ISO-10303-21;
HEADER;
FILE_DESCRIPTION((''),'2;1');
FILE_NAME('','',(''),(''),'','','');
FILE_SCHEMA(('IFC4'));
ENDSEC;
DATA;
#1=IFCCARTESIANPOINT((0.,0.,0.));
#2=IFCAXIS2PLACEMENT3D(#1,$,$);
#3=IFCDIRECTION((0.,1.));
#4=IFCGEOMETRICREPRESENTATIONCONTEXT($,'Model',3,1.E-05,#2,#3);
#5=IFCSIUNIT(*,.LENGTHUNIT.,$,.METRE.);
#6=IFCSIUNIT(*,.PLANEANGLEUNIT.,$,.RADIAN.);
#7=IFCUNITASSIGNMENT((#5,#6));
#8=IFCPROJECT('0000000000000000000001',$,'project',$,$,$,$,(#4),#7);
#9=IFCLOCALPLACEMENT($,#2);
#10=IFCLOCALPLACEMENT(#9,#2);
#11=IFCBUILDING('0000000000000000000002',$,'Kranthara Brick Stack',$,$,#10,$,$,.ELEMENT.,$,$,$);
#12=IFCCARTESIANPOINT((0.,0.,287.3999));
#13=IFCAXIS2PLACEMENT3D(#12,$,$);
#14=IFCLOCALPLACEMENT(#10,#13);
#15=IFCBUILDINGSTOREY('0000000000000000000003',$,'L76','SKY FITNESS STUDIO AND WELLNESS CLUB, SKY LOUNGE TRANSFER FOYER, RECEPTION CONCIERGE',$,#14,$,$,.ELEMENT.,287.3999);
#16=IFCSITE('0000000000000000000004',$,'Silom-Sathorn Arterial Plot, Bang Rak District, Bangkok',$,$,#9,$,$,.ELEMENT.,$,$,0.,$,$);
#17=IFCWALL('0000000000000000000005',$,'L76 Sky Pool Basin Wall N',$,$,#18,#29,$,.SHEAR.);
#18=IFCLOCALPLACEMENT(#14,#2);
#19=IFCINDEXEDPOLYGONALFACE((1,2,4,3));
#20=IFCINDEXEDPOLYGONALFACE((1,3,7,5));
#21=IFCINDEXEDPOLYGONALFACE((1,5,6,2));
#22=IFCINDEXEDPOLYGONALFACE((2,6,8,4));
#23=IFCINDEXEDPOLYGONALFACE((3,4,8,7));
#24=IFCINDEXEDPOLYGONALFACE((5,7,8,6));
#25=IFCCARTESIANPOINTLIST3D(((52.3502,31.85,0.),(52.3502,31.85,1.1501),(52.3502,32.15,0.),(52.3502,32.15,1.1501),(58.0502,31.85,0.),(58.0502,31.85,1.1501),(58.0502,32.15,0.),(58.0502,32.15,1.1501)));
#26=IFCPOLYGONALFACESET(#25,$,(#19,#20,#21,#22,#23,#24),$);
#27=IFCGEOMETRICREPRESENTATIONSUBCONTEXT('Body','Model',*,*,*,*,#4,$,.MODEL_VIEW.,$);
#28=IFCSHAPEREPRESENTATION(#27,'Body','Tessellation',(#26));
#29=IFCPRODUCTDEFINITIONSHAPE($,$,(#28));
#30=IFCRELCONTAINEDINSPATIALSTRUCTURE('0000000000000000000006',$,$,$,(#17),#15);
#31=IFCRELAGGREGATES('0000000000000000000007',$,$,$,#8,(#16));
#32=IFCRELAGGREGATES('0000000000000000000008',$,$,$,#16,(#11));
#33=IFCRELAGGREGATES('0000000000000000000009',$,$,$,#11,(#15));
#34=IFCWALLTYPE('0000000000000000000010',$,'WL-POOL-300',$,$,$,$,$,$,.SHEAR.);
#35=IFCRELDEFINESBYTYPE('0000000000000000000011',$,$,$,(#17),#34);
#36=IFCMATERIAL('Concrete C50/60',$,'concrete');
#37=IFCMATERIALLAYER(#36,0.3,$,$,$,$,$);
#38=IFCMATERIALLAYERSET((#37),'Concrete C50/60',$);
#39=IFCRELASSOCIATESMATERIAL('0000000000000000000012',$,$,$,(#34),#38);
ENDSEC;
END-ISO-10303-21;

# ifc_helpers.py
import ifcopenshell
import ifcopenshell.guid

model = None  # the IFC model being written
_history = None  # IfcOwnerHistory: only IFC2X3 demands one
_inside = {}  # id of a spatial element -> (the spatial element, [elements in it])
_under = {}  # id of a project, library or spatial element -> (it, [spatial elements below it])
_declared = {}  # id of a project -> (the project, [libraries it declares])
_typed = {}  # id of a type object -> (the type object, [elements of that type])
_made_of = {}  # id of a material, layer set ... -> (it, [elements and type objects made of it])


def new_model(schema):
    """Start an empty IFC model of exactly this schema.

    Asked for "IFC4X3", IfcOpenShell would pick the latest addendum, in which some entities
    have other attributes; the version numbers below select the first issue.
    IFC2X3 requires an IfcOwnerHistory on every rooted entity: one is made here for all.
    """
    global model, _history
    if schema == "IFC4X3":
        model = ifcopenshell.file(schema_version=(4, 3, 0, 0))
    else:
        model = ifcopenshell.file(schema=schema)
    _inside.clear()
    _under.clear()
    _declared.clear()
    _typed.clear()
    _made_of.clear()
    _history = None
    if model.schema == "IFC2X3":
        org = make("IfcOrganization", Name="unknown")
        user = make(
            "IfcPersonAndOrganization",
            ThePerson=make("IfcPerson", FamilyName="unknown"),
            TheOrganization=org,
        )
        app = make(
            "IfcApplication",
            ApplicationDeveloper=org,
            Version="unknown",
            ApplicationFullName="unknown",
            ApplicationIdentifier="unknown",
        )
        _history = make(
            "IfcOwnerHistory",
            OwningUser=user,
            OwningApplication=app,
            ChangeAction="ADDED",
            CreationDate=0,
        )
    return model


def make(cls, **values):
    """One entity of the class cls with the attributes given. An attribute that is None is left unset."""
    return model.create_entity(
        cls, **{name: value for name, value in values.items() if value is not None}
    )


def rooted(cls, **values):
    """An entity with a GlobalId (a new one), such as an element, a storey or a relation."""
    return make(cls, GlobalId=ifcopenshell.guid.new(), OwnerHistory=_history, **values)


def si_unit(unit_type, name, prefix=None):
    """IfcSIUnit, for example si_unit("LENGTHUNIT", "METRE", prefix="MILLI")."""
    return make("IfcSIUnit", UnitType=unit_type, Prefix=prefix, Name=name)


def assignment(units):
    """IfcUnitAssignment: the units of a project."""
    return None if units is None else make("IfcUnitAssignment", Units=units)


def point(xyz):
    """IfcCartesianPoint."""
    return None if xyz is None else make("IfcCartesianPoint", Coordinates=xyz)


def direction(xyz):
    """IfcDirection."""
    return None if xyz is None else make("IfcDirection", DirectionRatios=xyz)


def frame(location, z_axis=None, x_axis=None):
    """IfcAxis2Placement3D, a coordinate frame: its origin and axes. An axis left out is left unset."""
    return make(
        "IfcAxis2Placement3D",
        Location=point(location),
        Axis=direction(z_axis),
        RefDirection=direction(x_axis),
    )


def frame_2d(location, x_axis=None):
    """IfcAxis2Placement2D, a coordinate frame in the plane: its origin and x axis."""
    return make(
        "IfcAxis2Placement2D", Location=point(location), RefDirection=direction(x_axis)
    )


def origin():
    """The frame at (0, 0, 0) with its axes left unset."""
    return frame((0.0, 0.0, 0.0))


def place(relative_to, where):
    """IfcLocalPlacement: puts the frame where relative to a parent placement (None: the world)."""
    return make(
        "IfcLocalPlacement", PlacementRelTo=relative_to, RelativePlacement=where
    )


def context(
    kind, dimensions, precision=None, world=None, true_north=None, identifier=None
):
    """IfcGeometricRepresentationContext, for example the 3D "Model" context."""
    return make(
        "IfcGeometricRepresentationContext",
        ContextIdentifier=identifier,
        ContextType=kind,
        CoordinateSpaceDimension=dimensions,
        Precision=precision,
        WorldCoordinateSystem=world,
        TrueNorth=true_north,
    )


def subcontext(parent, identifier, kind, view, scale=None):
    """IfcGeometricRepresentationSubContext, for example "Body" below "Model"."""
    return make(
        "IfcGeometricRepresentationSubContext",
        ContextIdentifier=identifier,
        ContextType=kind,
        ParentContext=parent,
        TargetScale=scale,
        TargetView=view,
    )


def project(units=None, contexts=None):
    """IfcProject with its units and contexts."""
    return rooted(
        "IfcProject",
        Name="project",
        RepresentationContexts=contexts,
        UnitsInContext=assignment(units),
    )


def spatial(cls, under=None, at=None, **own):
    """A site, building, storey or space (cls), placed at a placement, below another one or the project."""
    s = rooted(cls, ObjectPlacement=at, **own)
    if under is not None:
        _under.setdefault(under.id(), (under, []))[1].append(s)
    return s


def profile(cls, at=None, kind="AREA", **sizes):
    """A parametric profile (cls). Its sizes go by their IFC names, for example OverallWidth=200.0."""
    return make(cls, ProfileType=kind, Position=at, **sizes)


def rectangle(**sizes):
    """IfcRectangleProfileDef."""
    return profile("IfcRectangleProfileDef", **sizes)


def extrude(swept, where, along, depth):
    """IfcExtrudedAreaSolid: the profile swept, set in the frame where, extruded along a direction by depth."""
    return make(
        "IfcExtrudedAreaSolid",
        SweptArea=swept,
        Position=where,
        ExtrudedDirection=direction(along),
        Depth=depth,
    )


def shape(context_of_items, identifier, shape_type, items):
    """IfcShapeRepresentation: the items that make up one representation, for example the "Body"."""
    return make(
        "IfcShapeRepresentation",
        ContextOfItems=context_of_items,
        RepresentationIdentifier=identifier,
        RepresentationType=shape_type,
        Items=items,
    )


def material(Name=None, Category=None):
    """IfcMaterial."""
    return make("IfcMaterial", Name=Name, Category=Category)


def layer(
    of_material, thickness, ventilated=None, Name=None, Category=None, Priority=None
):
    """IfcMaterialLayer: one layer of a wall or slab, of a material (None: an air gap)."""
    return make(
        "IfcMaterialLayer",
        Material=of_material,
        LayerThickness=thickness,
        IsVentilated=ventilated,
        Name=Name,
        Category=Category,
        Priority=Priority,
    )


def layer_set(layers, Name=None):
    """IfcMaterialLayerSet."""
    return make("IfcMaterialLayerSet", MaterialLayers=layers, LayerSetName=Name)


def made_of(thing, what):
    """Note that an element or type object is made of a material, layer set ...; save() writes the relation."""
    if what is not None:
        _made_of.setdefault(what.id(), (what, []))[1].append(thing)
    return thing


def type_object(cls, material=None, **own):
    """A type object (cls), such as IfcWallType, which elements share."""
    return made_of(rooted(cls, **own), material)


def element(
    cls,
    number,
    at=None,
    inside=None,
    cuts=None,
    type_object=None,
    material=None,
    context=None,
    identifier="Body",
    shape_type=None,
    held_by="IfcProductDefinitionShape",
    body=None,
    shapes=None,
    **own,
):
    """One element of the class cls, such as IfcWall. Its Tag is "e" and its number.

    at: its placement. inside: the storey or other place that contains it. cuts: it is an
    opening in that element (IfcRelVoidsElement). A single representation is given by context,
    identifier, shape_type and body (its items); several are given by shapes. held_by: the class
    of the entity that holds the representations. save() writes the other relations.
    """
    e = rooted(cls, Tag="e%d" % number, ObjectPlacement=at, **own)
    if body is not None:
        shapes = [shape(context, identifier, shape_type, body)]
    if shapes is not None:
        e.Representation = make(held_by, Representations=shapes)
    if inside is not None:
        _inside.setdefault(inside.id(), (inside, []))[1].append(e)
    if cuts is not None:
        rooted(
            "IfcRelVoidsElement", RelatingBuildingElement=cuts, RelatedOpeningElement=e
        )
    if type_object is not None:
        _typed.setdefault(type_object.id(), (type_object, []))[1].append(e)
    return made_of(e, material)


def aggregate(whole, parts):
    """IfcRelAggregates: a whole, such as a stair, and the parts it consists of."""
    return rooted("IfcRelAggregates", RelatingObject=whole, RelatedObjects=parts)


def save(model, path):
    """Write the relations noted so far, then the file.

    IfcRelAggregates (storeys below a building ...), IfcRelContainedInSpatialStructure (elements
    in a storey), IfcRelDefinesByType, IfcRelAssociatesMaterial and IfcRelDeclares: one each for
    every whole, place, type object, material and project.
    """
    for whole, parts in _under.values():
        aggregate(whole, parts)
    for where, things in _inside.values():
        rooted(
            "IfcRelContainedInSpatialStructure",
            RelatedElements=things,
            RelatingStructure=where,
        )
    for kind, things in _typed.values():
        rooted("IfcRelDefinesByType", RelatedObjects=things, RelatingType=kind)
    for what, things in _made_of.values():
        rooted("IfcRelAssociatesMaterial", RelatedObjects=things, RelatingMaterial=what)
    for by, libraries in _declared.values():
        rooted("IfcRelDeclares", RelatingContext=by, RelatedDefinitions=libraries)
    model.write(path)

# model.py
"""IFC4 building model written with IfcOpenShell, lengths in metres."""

from ifc_helpers import new_model, si_unit, direction, frame, frame_2d, origin, place, context, subcontext, project, spatial, rectangle, extrude, material, layer, layer_set, type_object, element, save


model = new_model("IFC4")

# Units and contexts
model_context = context("Model", 3, precision=1e-05, world=origin(), true_north=direction((0.0, 1.0)))
body_context = subcontext(model_context, "Body", "Model", "MODEL_VIEW")
ifc_project = project(units=[si_unit("LENGTHUNIT", "METRE"), si_unit("PLANEANGLEUNIT", "RADIAN")], contexts=[model_context])

# Site, building, storey
site_placement = place(None, origin())
site = spatial("IfcSite", under=ifc_project, at=site_placement, Name="Silom-Sathorn Arterial Plot, Bang Rak District, Bangkok", CompositionType="ELEMENT", RefElevation=0.0)
building_placement = place(site_placement, origin())
building = spatial("IfcBuilding", under=site, at=building_placement, Name="Kranthara Brick Stack", CompositionType="ELEMENT")
storey_placement = place(building_placement, frame((0.0, 0.0, 287.3999)))
storey = spatial("IfcBuildingStorey", under=building, at=storey_placement, Name="L76", Description="SKY FITNESS STUDIO AND WELLNESS CLUB, SKY LOUNGE TRANSFER FOYER, RECEPTION CONCIERGE", CompositionType="ELEMENT", Elevation=287.3999)

# Wall
ifc_material_1 = material(Name="Concrete C50/60", Category="concrete")
ifc_layer_1 = layer(ifc_material_1, 0.3)
ifc_layer_set_1 = layer_set([ifc_layer_1], Name="Concrete C50/60")
wall_type_1 = type_object("IfcWallType", Name="WL-POOL-300", PredefinedType="SHEAR", material=ifc_layer_set_1)
wall_1_placement = place(storey_placement, frame((52.3501, 32.0, 0.0), z_axis=(0.0, 0.0, 1.0), x_axis=(1.0, 0.0, 0.0)))
element("IfcWall", 1, at=wall_1_placement, inside=storey, type_object=wall_type_1, Name="L76 Sky Pool Basin Wall N", PredefinedType="SHEAR", context=body_context, shape_type="SweptSolid", body=[
    extrude(rectangle(XDim=5.7, YDim=0.3, at=frame_2d((2.8501, 0.0))), origin(), (0.0, 0.0, 1.0), 1.1501),
])

save(model, "model.ifc")
